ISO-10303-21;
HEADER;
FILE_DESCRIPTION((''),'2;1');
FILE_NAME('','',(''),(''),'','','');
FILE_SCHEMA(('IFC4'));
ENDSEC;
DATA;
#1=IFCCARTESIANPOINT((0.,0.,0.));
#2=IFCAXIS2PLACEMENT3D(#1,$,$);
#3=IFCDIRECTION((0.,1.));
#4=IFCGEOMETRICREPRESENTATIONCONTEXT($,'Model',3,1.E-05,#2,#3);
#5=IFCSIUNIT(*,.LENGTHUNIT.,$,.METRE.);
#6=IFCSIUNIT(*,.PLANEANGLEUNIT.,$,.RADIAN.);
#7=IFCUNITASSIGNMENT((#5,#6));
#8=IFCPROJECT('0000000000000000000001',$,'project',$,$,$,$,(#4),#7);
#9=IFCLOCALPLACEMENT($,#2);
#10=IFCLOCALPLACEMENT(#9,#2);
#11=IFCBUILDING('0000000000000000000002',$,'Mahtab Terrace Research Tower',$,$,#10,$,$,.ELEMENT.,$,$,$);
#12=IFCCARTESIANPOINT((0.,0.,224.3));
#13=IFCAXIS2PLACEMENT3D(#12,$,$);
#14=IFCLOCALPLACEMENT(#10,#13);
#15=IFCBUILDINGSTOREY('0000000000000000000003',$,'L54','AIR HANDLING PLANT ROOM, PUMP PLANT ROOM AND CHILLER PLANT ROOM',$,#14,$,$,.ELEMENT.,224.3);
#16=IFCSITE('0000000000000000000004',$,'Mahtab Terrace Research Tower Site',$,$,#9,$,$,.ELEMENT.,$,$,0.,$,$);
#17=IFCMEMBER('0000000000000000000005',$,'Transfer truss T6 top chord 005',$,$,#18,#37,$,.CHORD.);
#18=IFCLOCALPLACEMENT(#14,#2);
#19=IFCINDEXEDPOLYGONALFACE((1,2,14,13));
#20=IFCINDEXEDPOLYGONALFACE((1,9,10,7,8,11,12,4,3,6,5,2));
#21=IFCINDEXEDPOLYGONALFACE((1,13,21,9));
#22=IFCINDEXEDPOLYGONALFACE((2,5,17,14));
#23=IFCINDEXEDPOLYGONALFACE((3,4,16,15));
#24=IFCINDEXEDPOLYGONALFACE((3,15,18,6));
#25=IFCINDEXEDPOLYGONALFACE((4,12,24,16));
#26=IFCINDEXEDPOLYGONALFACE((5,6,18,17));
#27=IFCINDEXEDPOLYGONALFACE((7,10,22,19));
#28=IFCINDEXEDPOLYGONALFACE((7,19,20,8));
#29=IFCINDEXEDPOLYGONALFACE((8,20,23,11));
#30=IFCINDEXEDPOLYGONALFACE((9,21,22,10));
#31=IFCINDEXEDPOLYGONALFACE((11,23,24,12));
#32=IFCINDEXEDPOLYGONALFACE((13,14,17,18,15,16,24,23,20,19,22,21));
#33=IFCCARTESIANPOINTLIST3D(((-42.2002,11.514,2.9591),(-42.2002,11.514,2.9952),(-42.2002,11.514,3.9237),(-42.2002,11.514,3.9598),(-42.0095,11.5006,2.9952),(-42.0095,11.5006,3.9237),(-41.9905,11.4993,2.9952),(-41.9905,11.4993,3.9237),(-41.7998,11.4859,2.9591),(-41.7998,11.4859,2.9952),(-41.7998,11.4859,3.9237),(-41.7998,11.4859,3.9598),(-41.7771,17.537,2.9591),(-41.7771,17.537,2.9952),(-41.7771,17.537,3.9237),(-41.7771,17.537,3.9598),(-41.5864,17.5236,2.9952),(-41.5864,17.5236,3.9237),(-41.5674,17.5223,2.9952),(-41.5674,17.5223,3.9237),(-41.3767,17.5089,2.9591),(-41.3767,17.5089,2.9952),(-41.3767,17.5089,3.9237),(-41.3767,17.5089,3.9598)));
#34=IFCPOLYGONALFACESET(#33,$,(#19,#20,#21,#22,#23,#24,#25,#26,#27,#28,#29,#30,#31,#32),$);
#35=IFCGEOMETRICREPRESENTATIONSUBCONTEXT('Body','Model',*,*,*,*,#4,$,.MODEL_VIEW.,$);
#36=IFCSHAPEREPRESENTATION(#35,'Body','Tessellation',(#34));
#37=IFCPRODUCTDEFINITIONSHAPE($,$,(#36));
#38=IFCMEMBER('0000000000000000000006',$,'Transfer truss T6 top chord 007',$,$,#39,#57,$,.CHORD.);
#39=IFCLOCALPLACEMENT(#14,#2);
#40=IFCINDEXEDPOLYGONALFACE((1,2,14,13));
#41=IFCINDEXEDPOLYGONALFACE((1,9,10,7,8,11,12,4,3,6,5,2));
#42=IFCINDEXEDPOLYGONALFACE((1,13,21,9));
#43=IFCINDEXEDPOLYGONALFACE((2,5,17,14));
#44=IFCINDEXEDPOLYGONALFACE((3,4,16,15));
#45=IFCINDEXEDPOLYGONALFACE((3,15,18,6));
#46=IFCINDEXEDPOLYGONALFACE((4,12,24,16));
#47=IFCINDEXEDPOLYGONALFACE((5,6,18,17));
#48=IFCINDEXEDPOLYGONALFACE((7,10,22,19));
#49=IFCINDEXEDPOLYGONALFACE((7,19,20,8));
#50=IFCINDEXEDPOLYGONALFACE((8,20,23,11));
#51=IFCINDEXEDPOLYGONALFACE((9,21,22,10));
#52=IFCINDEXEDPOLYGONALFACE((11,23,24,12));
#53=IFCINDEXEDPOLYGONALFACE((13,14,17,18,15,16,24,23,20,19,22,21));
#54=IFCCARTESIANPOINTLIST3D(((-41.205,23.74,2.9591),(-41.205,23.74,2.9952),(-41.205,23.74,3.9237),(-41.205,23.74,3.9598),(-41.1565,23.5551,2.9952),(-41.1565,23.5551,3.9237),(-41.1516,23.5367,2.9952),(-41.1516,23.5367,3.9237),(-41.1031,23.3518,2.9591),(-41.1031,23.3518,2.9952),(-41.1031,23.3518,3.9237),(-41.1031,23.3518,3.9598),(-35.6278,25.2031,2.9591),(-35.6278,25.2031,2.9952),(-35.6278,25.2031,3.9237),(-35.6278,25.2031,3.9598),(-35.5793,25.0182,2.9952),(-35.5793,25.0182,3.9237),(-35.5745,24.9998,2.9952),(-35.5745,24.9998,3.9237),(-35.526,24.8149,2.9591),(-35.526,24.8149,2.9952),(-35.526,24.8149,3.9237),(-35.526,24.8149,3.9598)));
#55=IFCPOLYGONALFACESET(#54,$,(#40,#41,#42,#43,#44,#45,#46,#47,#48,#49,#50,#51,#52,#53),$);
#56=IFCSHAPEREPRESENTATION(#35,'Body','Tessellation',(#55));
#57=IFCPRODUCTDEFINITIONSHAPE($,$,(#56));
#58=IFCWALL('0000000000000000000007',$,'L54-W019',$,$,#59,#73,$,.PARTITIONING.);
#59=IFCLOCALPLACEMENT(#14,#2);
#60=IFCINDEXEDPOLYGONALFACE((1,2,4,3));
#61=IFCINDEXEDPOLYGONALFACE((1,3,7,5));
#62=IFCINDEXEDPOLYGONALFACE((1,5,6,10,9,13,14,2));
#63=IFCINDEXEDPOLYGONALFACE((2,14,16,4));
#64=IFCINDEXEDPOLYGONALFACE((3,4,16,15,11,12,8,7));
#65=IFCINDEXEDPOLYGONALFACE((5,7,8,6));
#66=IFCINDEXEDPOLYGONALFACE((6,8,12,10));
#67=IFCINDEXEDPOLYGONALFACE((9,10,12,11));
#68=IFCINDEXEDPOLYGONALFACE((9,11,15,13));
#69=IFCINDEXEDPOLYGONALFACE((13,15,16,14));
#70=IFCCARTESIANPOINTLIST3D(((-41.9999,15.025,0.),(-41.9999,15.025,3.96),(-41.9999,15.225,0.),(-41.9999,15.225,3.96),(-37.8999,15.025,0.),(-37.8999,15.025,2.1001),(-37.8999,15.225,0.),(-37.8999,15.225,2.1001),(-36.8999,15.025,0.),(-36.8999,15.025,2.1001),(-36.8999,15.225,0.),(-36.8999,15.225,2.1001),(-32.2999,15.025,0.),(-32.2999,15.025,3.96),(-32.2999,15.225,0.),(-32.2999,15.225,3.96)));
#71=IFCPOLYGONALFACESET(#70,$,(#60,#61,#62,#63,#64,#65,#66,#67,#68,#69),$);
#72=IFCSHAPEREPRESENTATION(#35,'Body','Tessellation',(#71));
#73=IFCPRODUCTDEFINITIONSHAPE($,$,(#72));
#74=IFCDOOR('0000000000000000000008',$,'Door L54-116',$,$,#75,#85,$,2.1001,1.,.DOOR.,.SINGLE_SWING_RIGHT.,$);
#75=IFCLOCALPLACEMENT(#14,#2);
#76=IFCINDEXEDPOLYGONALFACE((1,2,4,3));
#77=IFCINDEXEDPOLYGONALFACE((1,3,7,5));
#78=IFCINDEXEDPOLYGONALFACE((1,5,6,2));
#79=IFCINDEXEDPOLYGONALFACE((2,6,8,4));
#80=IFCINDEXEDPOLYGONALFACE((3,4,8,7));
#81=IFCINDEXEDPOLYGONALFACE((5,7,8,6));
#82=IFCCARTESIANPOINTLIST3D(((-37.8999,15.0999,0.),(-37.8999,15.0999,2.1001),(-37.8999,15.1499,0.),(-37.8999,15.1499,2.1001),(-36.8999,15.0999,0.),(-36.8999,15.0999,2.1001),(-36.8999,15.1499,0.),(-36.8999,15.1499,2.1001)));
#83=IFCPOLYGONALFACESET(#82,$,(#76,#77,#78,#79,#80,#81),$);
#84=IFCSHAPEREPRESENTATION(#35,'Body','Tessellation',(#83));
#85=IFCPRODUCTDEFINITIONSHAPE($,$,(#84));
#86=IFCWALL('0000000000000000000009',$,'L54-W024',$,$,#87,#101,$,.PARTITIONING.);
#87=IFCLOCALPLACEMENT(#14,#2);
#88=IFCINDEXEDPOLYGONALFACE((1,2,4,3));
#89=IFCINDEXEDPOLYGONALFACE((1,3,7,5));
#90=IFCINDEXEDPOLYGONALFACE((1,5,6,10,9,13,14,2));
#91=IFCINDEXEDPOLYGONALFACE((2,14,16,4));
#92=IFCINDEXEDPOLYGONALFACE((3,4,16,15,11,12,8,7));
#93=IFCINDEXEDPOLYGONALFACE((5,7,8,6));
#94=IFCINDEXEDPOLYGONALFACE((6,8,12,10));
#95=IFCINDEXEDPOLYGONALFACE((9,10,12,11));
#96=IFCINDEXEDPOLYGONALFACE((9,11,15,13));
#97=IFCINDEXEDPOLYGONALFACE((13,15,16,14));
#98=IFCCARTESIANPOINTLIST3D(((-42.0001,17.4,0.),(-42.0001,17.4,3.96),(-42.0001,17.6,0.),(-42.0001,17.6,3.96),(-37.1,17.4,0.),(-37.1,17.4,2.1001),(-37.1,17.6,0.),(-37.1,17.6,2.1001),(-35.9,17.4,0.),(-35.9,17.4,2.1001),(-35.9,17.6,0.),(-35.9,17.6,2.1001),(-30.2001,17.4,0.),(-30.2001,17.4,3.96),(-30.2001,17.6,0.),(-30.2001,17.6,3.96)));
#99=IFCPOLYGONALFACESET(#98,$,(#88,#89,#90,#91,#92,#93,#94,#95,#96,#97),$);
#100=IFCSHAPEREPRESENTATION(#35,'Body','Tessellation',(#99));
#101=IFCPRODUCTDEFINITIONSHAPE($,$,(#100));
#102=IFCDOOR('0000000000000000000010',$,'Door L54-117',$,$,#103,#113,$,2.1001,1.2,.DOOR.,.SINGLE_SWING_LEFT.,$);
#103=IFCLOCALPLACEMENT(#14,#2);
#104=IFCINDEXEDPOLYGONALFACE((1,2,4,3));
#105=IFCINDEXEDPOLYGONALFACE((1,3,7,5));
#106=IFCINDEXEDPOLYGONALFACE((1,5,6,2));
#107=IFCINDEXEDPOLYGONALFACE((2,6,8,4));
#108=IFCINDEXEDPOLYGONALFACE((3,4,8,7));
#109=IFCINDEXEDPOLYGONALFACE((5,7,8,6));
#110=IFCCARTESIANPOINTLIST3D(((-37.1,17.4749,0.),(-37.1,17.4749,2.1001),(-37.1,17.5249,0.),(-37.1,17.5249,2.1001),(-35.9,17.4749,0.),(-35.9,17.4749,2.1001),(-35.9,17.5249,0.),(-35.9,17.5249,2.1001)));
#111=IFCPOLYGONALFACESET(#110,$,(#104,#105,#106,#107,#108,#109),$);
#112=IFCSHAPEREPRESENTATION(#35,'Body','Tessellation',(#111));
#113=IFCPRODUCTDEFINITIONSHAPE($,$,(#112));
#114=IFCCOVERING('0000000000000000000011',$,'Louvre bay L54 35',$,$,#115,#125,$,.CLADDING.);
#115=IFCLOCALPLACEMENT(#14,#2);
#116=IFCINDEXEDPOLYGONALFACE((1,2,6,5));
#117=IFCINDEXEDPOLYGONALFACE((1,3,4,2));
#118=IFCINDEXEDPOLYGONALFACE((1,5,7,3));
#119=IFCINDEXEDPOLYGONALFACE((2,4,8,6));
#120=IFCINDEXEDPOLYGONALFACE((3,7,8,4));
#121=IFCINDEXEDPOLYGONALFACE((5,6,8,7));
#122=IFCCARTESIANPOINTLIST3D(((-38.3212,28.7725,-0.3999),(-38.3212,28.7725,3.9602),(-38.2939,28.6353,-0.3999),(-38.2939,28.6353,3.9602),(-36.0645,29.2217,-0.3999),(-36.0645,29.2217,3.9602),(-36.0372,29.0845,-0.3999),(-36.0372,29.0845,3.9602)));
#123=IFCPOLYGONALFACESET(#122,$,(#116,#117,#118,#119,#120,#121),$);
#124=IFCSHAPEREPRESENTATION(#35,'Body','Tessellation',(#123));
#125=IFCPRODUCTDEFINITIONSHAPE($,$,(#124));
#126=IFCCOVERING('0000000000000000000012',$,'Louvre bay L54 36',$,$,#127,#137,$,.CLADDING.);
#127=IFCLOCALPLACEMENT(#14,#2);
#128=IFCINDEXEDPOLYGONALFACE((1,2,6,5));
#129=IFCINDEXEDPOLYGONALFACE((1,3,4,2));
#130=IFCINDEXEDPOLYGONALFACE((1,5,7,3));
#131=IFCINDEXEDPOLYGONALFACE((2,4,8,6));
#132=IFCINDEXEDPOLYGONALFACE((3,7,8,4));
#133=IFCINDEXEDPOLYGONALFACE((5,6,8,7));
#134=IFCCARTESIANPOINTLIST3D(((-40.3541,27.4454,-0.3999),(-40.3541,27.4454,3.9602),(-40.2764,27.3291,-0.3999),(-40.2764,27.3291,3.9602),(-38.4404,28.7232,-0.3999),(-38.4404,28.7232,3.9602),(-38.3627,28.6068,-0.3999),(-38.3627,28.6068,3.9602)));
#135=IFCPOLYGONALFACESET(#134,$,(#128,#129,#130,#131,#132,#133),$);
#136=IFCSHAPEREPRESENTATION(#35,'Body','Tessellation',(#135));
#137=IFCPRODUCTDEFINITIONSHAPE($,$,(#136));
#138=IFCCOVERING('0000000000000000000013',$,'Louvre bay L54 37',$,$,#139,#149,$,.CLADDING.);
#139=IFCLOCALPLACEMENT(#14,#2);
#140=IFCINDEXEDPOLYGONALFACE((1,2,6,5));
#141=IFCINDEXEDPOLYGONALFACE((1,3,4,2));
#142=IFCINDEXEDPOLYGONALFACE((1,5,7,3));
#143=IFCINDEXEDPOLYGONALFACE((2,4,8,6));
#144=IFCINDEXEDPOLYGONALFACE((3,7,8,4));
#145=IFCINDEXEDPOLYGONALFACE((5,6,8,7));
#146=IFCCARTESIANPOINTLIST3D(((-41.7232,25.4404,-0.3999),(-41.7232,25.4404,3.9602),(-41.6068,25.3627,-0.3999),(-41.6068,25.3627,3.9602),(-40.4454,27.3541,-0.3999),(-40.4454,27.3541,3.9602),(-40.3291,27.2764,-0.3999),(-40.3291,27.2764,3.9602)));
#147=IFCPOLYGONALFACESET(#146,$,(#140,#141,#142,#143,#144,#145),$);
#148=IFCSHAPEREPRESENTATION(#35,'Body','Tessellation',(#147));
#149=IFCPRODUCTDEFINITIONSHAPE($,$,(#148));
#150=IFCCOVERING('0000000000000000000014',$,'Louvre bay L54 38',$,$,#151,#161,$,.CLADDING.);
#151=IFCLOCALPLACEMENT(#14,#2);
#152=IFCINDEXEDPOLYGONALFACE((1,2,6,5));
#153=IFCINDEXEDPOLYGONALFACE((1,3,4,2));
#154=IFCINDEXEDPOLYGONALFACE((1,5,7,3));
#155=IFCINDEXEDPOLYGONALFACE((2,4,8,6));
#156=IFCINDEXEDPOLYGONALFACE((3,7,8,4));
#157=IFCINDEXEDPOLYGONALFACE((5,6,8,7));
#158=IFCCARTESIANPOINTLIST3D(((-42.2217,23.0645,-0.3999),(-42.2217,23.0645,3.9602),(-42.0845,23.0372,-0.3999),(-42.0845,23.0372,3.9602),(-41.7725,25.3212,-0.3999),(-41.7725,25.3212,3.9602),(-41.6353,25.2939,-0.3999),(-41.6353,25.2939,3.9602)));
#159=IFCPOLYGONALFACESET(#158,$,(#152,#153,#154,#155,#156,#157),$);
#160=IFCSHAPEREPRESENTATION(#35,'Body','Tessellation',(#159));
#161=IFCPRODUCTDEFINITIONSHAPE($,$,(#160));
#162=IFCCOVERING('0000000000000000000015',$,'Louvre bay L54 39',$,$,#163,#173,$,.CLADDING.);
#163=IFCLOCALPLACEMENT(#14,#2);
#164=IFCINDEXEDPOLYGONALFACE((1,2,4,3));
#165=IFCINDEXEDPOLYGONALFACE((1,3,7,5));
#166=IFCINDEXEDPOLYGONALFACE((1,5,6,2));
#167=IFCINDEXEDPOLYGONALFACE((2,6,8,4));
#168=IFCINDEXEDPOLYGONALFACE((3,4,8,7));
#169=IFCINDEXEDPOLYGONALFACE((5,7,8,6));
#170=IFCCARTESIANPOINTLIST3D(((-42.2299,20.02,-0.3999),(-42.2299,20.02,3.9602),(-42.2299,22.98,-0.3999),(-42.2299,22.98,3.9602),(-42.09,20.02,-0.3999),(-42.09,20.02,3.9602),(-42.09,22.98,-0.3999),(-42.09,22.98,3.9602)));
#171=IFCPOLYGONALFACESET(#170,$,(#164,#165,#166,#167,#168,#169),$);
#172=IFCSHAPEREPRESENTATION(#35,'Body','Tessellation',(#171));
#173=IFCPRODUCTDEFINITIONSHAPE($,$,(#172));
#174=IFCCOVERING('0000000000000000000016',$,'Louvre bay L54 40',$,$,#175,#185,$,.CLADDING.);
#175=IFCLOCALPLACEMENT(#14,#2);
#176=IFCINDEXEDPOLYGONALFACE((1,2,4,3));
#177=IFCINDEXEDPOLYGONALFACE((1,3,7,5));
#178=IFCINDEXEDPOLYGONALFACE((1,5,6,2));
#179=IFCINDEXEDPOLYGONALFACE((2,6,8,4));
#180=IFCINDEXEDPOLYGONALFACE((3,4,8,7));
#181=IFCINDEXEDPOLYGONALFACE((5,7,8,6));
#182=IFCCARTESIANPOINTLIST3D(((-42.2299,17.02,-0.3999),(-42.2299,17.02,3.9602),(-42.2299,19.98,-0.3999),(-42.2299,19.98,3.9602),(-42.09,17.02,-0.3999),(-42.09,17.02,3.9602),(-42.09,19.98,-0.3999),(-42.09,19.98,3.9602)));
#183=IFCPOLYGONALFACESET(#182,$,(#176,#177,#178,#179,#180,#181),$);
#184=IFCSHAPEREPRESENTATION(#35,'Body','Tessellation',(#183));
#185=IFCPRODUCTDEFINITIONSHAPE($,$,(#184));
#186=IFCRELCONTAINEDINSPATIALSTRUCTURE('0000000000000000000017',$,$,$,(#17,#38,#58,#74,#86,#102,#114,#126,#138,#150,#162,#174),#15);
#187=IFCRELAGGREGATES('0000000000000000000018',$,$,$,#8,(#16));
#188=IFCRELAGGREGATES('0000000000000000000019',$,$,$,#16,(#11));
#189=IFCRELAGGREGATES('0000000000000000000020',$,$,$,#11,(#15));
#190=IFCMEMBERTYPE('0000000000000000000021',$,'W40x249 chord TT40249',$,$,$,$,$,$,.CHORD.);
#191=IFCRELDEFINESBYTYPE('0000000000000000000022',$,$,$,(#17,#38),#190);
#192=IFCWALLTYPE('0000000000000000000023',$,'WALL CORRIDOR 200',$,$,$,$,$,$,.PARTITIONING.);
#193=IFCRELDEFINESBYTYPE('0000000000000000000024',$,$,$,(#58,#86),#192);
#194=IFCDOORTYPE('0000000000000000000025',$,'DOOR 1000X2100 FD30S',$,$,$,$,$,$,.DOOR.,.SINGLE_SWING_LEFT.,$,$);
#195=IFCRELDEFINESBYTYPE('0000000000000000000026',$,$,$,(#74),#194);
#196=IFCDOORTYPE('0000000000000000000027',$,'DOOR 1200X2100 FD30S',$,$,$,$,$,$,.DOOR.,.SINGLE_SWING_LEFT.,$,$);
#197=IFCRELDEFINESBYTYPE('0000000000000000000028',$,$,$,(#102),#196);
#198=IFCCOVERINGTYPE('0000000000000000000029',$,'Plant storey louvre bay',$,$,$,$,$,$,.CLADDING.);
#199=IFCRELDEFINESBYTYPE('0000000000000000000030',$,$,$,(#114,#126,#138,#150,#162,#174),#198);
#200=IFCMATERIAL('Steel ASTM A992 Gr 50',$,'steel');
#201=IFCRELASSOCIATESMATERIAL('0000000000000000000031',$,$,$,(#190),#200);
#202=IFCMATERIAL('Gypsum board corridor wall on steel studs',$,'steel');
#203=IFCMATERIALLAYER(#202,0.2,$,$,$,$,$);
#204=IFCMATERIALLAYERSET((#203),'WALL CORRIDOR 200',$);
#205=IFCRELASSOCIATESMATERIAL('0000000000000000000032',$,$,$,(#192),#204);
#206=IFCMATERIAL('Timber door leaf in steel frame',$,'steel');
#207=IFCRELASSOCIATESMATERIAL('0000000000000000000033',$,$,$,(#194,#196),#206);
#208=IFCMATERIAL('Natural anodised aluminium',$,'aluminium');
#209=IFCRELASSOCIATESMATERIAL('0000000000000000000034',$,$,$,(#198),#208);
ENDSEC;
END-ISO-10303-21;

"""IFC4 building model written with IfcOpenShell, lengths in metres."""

from ifc_helpers import new_model, si_unit, direction, frame, frame_2d, origin, origin_2d, place, context, subcontext, project, spatial, rectangle, i_section, extrude, material, layer, layer_set, material_profile, profile_set, type_object, element, fill, save


model = new_model("IFC4")

# Units and contexts
model_context = context("Model", 3, precision=1e-05, world=origin(), true_north=direction((0.0, 1.0)))
body_context = subcontext(model_context, "Body", "Model", "MODEL_VIEW")
ifc_project = project(units=[si_unit("LENGTHUNIT", "METRE"), si_unit("PLANEANGLEUNIT", "RADIAN")], contexts=[model_context])

# Site, building, storey
site_placement = place(None, origin())
site = spatial("IfcSite", under=ifc_project, at=site_placement, Name="Mahtab Terrace Research Tower Site", CompositionType="ELEMENT", RefElevation=0.0)
building_placement = place(site_placement, origin())
building = spatial("IfcBuilding", under=site, at=building_placement, Name="Mahtab Terrace Research Tower", CompositionType="ELEMENT")
storey_placement = place(building_placement, frame((0.0, 0.0, 224.3)))
storey = spatial("IfcBuildingStorey", under=building, at=storey_placement, Name="L54", Description="AIR HANDLING PLANT ROOM, PUMP PLANT ROOM AND CHILLER PLANT ROOM", CompositionType="ELEMENT", Elevation=224.3)

# Members
ifc_material_1 = material(Name="Steel ASTM A992 Gr 50", Category="steel")
ifc_material_profile_1 = material_profile(ifc_material_1, i_section(OverallWidth=0.4014, OverallDepth=1.0007, WebThickness=0.019, FlangeThickness=0.0361, at=origin_2d()), Name="W40X249")
ifc_profile_set_1 = profile_set([ifc_material_profile_1], Name="Steel ASTM A992 Gr 50")
member_type_1 = type_object("IfcMemberType", Name="W40x249 chord TT40249", PredefinedType="CHORD", material=ifc_profile_set_1)
for number, where, z_axis, x_axis, name in (
    (1, (-41.5769, 17.5229, 3.4595), (-0.070075, -0.997542, 0.0), (0.997542, -0.070075, 0.0), "Transfer truss T6 top chord 005"),
):
    element("IfcMember", number, at=place(storey_placement, frame(where, z_axis=z_axis, x_axis=x_axis)), inside=storey, type_object=member_type_1, Name=name, PredefinedType="CHORD", context=body_context, shape_type="SweptSolid", body=[
        extrude(i_section(OverallWidth=0.4014, OverallDepth=1.0007, WebThickness=0.019, FlangeThickness=0.0361, at=origin_2d()), origin(), (0.0, 0.0, 1.0), 6.0378),
    ])
member_1_placement = place(storey_placement, frame((-35.5769, 25.009, 3.4595), z_axis=(-0.967268, -0.253758, 0.0), x_axis=(0.253758, -0.967268, 0.0)))
element("IfcMember", 2, at=member_1_placement, inside=storey, type_object=member_type_1, Name="Transfer truss T6 top chord 007", PredefinedType="CHORD", context=body_context, shape_type="SweptSolid", body=[
    extrude(i_section(OverallWidth=0.4014, OverallDepth=1.0007, WebThickness=0.019, FlangeThickness=0.0361, at=origin_2d()), origin(), (0.0, 0.0, 1.0), 5.7659),
])

# Walls, openings, doors
ifc_material_2 = material(Name="Gypsum board corridor wall on steel studs", Category="steel")
ifc_layer_1 = layer(ifc_material_2, 0.2)
ifc_layer_set_1 = layer_set([ifc_layer_1], Name="WALL CORRIDOR 200")
wall_type = type_object("IfcWallType", Name="WALL CORRIDOR 200", PredefinedType="PARTITIONING", material=ifc_layer_set_1)
wall_1_placement = place(storey_placement, frame((-42.0, 15.125, 0.0), z_axis=(0.0, 0.0, 1.0), x_axis=(1.0, 0.0, 0.0)))
wall_1 = element("IfcWall", 3, at=wall_1_placement, inside=storey, type_object=wall_type, Name="L54-W019", PredefinedType="PARTITIONING", context=body_context, shape_type="SweptSolid", body=[
    extrude(rectangle(XDim=9.7, YDim=0.2, at=frame_2d((4.8501, 0.0))), origin(), (0.0, 0.0, 1.0), 3.96),
])
opening_1_placement = place(wall_1_placement, frame((4.1001, 0.0, 0.0)))
opening_1 = element("IfcOpeningElement", 4, at=opening_1_placement, cuts=wall_1, PredefinedType="OPENING", context=body_context, shape_type="SweptSolid", body=[
    extrude(rectangle(XDim=1.0, YDim=2.1001, at=frame_2d((0.5, 1.05))), frame((0.0, 0.1099, 0.0), z_axis=(0.0, -1.0, 0.0), x_axis=(1.0, 0.0, 0.0)), (0.0, 0.0, 1.0), 0.22),
])
ifc_material_3 = material(Name="Timber door leaf in steel frame", Category="steel")
door_type_1 = type_object("IfcDoorType", Name="DOOR 1000X2100 FD30S", OperationType="SINGLE_SWING_LEFT", PredefinedType="DOOR", material=ifc_material_3)
door_1_placement = place(opening_1_placement, origin())
door_1 = element("IfcDoor", 5, at=door_1_placement, inside=storey, type_object=door_type_1, Name="Door L54-116", OperationType="SINGLE_SWING_RIGHT", OverallHeight=2.1001, OverallWidth=1.0, PredefinedType="DOOR", context=body_context, shape_type="SweptSolid", body=[
    extrude(rectangle(XDim=1.0, YDim=2.1001, at=frame_2d((0.5, 1.05))), frame((0.0, 0.0249, 0.0), z_axis=(0.0, -1.0, 0.0), x_axis=(1.0, 0.0, 0.0)), (0.0, 0.0, 1.0), 0.05),
])
fill(opening_1, door_1)
wall_2_placement = place(storey_placement, frame((-42.0, 17.5, 0.0), z_axis=(0.0, 0.0, 1.0), x_axis=(1.0, 0.0, 0.0)))
wall_2 = element("IfcWall", 6, at=wall_2_placement, inside=storey, type_object=wall_type, Name="L54-W024", PredefinedType="PARTITIONING", context=body_context, shape_type="SweptSolid", body=[
    extrude(rectangle(XDim=11.8, YDim=0.2, at=frame_2d((5.8999, 0.0))), origin(), (0.0, 0.0, 1.0), 3.96),
])
opening_2_placement = place(wall_2_placement, frame((4.8999, 0.0, 0.0)))
opening_2 = element("IfcOpeningElement", 7, at=opening_2_placement, cuts=wall_2, PredefinedType="OPENING", context=body_context, shape_type="SweptSolid", body=[
    extrude(rectangle(XDim=1.2, YDim=2.1001, at=frame_2d((0.6001, 1.05))), frame((0.0, 0.1099, 0.0), z_axis=(0.0, -1.0, 0.0), x_axis=(1.0, 0.0, 0.0)), (0.0, 0.0, 1.0), 0.22),
])
door_type_2 = type_object("IfcDoorType", Name="DOOR 1200X2100 FD30S", OperationType="SINGLE_SWING_LEFT", PredefinedType="DOOR", material=ifc_material_3)
door_2_placement = place(opening_2_placement, origin())
door_2 = element("IfcDoor", 8, at=door_2_placement, inside=storey, type_object=door_type_2, Name="Door L54-117", OperationType="SINGLE_SWING_LEFT", OverallHeight=2.1001, OverallWidth=1.2, PredefinedType="DOOR", context=body_context, shape_type="SweptSolid", body=[
    extrude(rectangle(XDim=1.2, YDim=2.1001, at=frame_2d((0.6001, 1.05))), frame((0.0, 0.0249, 0.0), z_axis=(0.0, -1.0, 0.0), x_axis=(1.0, 0.0, 0.0)), (0.0, 0.0, 1.0), 0.05),
])
fill(opening_2, door_2)

# Coverings
ifc_material_4 = material(Name="Natural anodised aluminium", Category="aluminium")
covering_type = type_object("IfcCoveringType", Name="Plant storey louvre bay", PredefinedType="CLADDING", material=ifc_material_4)
for number, where, z_axis, x_axis, name in (
    (9, (-37.1792, 28.9285, -0.3999), (0.0, 0.0, 1.0), (-0.980761, -0.195212, 0.0), "Louvre bay L54 35"),
    (10, (-39.3584, 28.0261, -0.3999), (0.0, 0.0, 1.0), (-0.831656, -0.555291, 0.0), "Louvre bay L54 36"),
    (11, (-41.0261, 26.3584, -0.3999), (0.0, 0.0, 1.0), (-0.555291, -0.831656, 0.0), "Louvre bay L54 37"),
    (12, (-41.9285, 24.1792, -0.3999), (0.0, 0.0, 1.0), (-0.195212, -0.980761, 0.0), "Louvre bay L54 38"),
):
    element("IfcCovering", number, at=place(storey_placement, frame(where, z_axis=z_axis, x_axis=x_axis)), inside=storey, type_object=covering_type, Name=name, PredefinedType="CLADDING", context=body_context, shape_type="SweptSolid", body=[
        extrude(rectangle(XDim=2.301, YDim=0.1399, at=origin_2d()), origin(), (0.0, 0.0, 1.0), 4.3601),
    ])
for number, where, z_axis, x_axis, name in (
    (13, (-42.1599, 21.5, -0.3999), (0.0, 0.0, 1.0), (0.0, -1.0, 0.0), "Louvre bay L54 39"),
    (14, (-42.1599, 18.5, -0.3999), (0.0, 0.0, 1.0), (0.0, -1.0, 0.0), "Louvre bay L54 40"),
):
    element("IfcCovering", number, at=place(storey_placement, frame(where, z_axis=z_axis, x_axis=x_axis)), inside=storey, type_object=covering_type, Name=name, PredefinedType="CLADDING", context=body_context, shape_type="SweptSolid", body=[
        extrude(rectangle(XDim=2.96, YDim=0.1399, at=origin_2d()), origin(), (0.0, 0.0, 1.0), 4.3601),
    ])

save(model, "model.ifc")
